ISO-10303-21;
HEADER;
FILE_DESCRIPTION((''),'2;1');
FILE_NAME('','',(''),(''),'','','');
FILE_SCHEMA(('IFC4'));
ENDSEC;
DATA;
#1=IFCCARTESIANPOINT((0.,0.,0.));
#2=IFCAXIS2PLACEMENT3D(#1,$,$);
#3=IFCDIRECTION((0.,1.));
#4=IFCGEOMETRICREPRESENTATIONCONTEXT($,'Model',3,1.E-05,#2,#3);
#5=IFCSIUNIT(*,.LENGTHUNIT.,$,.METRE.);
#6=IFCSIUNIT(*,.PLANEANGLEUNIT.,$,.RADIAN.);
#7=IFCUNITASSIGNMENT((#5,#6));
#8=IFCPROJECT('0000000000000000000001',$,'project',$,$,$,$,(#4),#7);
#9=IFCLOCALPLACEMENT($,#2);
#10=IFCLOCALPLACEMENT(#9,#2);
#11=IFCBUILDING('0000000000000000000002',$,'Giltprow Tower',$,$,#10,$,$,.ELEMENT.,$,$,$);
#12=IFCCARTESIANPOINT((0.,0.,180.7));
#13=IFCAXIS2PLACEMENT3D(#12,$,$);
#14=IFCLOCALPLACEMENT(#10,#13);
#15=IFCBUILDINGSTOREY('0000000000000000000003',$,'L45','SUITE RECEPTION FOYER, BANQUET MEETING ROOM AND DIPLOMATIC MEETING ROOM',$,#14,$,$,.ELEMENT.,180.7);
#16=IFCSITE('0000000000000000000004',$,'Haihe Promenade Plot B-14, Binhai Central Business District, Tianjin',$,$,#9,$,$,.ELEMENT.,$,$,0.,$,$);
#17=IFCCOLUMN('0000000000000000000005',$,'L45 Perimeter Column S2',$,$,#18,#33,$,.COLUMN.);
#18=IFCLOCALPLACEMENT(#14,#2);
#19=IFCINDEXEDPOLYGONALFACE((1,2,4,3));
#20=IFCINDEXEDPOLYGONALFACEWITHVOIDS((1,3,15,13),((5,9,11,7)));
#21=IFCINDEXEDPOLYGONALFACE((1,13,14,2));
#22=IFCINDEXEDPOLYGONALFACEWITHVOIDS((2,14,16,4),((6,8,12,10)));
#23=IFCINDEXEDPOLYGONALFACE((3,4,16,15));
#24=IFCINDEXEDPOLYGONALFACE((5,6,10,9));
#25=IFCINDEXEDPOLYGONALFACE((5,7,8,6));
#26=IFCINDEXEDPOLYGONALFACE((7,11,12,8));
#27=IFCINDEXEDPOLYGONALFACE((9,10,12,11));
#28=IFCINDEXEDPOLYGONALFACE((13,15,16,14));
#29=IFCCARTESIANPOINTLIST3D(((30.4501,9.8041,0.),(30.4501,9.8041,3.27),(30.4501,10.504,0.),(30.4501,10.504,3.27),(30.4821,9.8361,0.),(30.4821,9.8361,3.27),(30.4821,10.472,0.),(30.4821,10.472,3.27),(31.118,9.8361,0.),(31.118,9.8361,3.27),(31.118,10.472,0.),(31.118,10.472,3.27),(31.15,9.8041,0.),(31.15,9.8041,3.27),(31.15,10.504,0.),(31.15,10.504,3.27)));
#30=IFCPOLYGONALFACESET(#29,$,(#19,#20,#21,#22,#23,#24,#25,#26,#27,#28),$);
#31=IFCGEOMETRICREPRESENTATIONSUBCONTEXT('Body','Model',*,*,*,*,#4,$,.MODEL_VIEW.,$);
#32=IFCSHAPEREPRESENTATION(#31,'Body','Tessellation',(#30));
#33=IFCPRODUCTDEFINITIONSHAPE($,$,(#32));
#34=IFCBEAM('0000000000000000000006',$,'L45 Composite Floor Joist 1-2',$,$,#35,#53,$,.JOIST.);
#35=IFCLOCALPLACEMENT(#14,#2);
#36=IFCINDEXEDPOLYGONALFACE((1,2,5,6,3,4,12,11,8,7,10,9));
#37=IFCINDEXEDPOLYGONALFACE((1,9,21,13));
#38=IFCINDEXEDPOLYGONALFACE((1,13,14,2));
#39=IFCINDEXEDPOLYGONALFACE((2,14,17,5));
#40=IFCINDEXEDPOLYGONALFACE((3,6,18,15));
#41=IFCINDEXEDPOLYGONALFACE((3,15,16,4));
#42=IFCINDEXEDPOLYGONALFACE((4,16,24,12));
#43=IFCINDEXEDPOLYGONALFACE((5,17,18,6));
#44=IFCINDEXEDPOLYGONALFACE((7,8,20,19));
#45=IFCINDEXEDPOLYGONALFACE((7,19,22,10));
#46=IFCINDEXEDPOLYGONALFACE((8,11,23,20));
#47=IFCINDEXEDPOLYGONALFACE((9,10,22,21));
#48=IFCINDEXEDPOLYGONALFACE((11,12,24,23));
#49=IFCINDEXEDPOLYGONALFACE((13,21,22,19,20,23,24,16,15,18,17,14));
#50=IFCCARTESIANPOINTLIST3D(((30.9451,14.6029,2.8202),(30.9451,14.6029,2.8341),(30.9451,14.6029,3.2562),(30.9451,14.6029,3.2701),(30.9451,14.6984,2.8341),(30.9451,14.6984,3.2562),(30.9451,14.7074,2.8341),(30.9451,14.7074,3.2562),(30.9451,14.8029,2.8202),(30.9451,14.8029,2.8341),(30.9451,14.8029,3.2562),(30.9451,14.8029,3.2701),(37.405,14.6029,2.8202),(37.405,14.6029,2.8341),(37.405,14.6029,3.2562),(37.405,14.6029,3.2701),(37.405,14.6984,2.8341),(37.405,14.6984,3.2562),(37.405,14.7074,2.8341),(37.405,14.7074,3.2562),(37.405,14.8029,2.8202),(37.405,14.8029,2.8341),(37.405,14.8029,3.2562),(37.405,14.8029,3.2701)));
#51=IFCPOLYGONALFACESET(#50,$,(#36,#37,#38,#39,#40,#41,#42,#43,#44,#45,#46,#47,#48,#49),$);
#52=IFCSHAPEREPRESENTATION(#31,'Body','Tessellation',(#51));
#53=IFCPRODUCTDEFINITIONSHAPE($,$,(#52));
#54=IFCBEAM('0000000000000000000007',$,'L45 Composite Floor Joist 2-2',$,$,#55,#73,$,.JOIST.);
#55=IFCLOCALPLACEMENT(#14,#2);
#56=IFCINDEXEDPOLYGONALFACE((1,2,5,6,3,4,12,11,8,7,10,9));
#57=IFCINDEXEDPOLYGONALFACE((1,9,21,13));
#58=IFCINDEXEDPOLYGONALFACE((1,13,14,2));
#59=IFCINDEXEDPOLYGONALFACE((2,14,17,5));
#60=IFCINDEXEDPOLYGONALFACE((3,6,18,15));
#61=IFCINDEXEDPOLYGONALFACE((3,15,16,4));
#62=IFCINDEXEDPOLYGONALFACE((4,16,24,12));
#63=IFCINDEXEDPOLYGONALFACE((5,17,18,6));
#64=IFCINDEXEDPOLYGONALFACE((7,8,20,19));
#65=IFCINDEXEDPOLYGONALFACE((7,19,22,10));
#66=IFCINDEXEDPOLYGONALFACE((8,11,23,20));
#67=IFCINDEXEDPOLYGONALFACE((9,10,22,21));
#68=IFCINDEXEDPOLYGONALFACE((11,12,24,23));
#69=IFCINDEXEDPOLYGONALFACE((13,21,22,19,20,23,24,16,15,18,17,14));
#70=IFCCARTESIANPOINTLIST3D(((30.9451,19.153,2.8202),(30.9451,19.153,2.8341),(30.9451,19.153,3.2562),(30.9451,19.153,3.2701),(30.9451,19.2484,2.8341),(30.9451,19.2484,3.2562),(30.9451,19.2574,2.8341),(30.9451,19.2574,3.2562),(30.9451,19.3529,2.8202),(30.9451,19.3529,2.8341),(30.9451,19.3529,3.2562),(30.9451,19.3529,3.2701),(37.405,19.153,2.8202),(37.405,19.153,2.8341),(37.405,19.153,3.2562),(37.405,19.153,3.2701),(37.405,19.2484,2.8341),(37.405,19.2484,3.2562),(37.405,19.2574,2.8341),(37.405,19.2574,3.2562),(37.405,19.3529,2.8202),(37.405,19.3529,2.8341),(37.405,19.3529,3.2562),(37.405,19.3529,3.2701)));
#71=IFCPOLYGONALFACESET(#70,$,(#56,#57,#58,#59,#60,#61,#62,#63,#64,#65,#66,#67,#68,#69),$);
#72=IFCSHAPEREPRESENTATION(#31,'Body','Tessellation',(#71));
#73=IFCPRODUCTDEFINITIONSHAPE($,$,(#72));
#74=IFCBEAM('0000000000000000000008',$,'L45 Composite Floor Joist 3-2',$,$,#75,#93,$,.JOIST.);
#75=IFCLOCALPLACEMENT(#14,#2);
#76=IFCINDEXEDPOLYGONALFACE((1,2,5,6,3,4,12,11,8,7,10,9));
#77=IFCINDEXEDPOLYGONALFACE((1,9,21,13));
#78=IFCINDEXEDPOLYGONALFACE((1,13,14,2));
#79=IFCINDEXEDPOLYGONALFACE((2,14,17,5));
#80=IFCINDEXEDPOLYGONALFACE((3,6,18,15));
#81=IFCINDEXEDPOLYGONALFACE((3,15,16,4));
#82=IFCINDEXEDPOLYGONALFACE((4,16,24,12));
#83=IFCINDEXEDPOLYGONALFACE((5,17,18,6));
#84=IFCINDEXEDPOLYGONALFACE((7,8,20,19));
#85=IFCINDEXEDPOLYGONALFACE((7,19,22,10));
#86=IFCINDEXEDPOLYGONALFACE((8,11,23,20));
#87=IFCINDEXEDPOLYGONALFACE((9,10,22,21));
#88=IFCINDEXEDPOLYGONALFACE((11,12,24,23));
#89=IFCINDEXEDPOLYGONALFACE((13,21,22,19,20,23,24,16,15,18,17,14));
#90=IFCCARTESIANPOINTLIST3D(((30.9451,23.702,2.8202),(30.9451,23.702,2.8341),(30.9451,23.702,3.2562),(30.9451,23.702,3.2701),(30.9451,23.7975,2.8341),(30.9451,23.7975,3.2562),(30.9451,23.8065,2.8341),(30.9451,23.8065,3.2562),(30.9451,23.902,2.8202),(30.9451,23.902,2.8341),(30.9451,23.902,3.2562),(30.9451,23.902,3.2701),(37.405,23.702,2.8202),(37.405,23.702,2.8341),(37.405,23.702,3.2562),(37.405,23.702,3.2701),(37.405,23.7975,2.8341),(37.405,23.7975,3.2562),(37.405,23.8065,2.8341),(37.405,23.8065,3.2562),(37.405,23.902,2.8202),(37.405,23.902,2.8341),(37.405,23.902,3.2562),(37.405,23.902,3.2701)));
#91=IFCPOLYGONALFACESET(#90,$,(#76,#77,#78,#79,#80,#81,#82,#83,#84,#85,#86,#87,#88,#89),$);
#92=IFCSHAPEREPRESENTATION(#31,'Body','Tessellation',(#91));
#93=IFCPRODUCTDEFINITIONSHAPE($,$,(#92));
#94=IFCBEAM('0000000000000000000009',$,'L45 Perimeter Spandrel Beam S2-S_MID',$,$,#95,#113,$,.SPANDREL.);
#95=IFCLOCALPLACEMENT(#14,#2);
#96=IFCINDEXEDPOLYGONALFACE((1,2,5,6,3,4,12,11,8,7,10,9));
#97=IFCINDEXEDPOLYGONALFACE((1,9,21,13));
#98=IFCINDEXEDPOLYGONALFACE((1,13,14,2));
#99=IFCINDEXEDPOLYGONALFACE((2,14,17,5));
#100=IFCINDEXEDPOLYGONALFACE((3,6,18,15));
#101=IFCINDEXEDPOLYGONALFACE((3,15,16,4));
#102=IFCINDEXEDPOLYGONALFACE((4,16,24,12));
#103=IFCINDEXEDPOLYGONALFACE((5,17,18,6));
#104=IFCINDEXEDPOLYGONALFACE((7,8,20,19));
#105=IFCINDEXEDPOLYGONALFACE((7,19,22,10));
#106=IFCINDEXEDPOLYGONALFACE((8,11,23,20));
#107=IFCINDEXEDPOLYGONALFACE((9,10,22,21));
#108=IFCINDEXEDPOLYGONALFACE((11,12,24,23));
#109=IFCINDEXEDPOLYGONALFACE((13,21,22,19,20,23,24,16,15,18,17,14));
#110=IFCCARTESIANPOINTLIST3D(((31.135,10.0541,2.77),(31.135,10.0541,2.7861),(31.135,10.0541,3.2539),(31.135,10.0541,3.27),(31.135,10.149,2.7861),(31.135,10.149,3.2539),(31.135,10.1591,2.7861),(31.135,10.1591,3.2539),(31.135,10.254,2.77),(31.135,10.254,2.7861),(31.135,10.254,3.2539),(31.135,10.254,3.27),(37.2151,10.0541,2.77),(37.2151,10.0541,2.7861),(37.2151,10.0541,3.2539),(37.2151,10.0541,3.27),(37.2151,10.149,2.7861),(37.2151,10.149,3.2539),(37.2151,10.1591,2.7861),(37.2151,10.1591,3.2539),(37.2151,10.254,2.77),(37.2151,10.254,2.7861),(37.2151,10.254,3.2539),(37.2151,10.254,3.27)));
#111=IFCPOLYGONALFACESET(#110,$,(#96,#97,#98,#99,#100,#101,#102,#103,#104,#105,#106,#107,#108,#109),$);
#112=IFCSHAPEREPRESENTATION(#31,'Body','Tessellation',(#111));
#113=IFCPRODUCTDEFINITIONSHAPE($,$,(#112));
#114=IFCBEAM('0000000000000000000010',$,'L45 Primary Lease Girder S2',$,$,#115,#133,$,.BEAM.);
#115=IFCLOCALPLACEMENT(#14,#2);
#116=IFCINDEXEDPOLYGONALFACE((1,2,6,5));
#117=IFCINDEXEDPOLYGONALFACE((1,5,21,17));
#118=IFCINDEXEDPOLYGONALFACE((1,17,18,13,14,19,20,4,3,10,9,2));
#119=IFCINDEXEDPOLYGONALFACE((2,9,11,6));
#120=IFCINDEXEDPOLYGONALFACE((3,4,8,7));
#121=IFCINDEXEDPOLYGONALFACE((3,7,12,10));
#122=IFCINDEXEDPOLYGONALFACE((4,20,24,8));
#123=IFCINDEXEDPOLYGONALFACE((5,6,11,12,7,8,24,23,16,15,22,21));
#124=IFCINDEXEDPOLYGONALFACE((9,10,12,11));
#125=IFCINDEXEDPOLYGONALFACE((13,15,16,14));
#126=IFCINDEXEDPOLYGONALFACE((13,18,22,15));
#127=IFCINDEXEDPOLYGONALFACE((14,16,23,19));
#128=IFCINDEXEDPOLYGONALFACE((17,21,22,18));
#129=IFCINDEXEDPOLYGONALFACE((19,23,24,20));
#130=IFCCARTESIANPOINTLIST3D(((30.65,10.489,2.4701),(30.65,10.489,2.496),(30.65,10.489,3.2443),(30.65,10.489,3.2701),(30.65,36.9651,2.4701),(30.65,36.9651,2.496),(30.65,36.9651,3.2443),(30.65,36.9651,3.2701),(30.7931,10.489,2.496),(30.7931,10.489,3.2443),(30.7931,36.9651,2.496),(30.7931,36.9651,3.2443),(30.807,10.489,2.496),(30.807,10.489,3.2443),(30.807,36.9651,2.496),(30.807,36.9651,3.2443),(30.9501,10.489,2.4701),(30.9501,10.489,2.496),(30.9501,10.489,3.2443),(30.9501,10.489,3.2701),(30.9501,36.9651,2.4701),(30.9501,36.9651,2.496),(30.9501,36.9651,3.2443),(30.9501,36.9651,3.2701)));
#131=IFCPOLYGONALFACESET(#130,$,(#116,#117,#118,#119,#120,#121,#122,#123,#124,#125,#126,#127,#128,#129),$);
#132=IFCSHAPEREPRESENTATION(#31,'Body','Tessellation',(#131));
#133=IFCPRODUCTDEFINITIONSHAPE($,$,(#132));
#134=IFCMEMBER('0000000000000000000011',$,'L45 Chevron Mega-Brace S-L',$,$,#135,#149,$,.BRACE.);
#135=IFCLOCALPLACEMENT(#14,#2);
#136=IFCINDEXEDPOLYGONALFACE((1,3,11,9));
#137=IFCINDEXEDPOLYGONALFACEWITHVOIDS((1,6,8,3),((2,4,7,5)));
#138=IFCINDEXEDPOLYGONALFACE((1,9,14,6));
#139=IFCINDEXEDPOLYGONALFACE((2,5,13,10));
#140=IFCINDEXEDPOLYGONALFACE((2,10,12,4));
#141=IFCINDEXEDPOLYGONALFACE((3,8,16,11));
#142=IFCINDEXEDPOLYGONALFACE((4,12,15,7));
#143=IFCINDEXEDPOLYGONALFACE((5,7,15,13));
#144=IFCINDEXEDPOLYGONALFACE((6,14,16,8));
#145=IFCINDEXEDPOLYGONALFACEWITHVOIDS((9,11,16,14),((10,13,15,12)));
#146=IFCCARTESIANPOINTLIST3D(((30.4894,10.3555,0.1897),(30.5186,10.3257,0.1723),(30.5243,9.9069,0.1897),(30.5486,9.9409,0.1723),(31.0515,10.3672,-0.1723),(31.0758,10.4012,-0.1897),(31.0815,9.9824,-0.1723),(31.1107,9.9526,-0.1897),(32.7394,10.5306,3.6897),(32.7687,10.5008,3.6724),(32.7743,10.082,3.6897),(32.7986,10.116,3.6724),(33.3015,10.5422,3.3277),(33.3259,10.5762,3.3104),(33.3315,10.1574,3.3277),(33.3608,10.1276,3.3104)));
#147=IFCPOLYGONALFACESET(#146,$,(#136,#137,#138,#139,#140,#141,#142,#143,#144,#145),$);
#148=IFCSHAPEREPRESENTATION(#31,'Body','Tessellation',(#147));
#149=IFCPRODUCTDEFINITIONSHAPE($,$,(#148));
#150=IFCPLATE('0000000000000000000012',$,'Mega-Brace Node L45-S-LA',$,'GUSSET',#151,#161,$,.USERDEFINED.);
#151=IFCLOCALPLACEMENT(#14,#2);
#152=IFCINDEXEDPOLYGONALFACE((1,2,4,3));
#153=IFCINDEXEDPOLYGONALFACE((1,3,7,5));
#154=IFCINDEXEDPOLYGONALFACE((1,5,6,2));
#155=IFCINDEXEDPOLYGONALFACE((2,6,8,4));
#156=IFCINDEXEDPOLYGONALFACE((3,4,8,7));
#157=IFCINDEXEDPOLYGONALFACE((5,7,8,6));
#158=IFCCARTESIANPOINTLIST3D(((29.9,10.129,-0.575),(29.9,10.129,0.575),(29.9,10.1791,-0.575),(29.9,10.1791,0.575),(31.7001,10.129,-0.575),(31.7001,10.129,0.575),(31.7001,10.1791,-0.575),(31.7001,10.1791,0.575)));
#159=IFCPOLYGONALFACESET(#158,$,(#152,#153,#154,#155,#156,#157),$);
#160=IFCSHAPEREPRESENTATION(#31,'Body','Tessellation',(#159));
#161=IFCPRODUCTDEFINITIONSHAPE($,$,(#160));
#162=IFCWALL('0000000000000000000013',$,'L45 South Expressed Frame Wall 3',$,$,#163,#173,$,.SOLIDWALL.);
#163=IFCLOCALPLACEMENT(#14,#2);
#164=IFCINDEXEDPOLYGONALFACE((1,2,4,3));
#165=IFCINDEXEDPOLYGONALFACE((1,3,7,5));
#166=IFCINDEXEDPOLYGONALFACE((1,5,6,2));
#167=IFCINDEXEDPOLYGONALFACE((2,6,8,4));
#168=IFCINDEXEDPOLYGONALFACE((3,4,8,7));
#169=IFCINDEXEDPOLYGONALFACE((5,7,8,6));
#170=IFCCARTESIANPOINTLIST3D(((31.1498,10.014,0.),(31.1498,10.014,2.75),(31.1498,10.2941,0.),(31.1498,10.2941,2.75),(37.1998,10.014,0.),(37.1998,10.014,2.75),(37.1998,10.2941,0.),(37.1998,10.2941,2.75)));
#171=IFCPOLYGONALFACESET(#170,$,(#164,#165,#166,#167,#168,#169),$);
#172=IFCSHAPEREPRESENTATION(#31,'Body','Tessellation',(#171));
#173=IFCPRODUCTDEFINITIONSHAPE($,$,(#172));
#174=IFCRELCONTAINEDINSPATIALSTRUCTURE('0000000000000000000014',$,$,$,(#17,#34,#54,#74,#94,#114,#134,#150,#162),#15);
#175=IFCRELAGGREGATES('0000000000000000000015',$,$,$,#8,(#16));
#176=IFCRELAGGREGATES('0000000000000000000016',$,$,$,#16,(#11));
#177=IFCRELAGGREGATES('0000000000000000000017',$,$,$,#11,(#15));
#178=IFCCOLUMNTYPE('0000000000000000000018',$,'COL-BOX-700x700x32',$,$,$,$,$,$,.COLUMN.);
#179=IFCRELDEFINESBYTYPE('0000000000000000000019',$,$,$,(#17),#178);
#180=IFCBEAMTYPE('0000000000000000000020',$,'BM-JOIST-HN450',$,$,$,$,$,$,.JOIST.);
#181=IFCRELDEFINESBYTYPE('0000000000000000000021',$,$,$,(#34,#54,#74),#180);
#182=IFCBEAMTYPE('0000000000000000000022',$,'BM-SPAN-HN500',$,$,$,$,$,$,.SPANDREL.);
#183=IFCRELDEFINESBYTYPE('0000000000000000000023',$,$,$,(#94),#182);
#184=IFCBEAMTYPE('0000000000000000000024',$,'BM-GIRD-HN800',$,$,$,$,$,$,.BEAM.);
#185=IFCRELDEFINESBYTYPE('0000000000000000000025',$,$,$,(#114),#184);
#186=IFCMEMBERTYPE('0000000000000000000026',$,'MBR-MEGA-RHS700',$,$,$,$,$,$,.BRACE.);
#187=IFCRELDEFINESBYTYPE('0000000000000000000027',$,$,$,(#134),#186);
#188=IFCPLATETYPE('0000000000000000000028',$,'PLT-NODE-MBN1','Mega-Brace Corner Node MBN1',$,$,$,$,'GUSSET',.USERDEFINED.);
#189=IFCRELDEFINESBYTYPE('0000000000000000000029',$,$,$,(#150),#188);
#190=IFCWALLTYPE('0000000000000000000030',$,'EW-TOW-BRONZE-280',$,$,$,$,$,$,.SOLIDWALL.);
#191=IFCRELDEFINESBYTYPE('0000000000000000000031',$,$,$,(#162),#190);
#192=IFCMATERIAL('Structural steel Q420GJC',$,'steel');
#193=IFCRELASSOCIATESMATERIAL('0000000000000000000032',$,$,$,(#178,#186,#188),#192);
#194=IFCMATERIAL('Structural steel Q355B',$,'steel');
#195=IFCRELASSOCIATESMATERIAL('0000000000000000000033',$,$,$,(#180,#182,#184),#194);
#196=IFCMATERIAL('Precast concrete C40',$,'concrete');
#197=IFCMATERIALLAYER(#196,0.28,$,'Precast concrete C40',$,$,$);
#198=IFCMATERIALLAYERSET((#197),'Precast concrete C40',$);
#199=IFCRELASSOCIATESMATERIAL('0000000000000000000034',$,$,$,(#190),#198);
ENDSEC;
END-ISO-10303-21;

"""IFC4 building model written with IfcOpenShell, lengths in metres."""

from ifc_helpers import new_model, si_unit, direction, frame, frame_2d, origin, origin_2d, place, context, subcontext, project, spatial, rectangle, hollow_rectangle, i_section, extrude, source, transform, mapped, material, layer, layer_set, material_profile, profile_set, type_object, element, save


model = new_model("IFC4")

# Units and contexts
model_context = context("Model", 3, precision=1e-05, world=origin(), true_north=direction((0.0, 1.0)))
body_context = subcontext(model_context, "Body", "Model", "MODEL_VIEW")
ifc_project = project(units=[si_unit("LENGTHUNIT", "METRE"), si_unit("PLANEANGLEUNIT", "RADIAN")], contexts=[model_context])

# Site, building, storey
site_placement = place(None, origin())
site = spatial("IfcSite", under=ifc_project, at=site_placement, Name="Haihe Promenade Plot B-14, Binhai Central Business District, Tianjin", CompositionType="ELEMENT", RefElevation=0.0)
building_placement = place(site_placement, origin())
building = spatial("IfcBuilding", under=site, at=building_placement, Name="Giltprow Tower", CompositionType="ELEMENT")
storey_placement = place(building_placement, frame((0.0, 0.0, 180.7)))
storey = spatial("IfcBuildingStorey", under=building, at=storey_placement, Name="L45", Description="SUITE RECEPTION FOYER, BANQUET MEETING ROOM AND DIPLOMATIC MEETING ROOM", CompositionType="ELEMENT", Elevation=180.7)

# Column
ifc_material_1 = material(Name="Structural steel Q420GJC", Category="steel")
ifc_material_profile_1 = material_profile(ifc_material_1, hollow_rectangle(XDim=0.7, YDim=0.7, WallThickness=0.032, at=origin_2d()), Name="BOX 700x700x32")
ifc_profile_set_1 = profile_set([ifc_material_profile_1], Name="Structural steel Q420GJC")
column_type = type_object("IfcColumnType", Name="COL-BOX-700x700x32", PredefinedType="COLUMN", material=ifc_profile_set_1)
shared_shape_1 = source(origin(), body_context, "Body", "SweptSolid", [
    extrude(hollow_rectangle(XDim=0.7, YDim=0.7, WallThickness=0.032, at=origin_2d()), origin(), (0.0, 0.0, 1.0), 3.27),
])
column_placement = place(storey_placement, frame((30.8, 10.1541, 0.0), z_axis=(0.0, 0.0, 1.0), x_axis=(1.0, 0.0, 0.0)))
element("IfcColumn", 1, at=column_placement, inside=storey, type_object=column_type, Name="L45 Perimeter Column S2", PredefinedType="COLUMN", context=body_context, shape_type="MappedRepresentation", body=[
    mapped(shared_shape_1, transform((0.0, 0.0, 0.0), x_axis=(1.0, 0.0, 0.0), y_axis=(0.0, 1.0, 0.0), z_axis=(0.0, 0.0, 1.0), scale=1.0)),
])

# Beams
ifc_material_2 = material(Name="Structural steel Q355B", Category="steel")
ifc_material_profile_2 = material_profile(ifc_material_2, i_section(OverallWidth=0.2, OverallDepth=0.45, WebThickness=0.009, FlangeThickness=0.0139, at=origin_2d()), Name="HN 450x200x9x14")
ifc_profile_set_2 = profile_set([ifc_material_profile_2], Name="Structural steel Q355B")
beam_type_1 = type_object("IfcBeamType", Name="BM-JOIST-HN450", PredefinedType="JOIST", material=ifc_profile_set_2)
shared_shape_2 = source(origin(), body_context, "Body", "SweptSolid", [
    extrude(i_section(OverallWidth=0.2, OverallDepth=0.45, WebThickness=0.009, FlangeThickness=0.0139, at=origin_2d()), origin(), (0.0, 0.0, 1.0), 6.46),
])
for number, where, z_axis, x_axis, name in (
    (2, (30.9451, 14.7029, 3.0452), (1.0, 0.0, 0.0), (0.0, 1.0, 0.0), "L45 Composite Floor Joist 1-2"),
    (3, (30.9451, 19.2529, 3.0452), (1.0, 0.0, 0.0), (0.0, 1.0, 0.0), "L45 Composite Floor Joist 2-2"),
    (4, (30.9451, 23.802, 3.0452), (1.0, 0.0, 0.0), (0.0, 1.0, 0.0), "L45 Composite Floor Joist 3-2"),
):
    element("IfcBeam", number, at=place(storey_placement, frame(where, z_axis=z_axis, x_axis=x_axis)), inside=storey, type_object=beam_type_1, Name=name, PredefinedType="JOIST", context=body_context, shape_type="MappedRepresentation", body=[
        mapped(shared_shape_2, transform((0.0, 0.0, 0.0), x_axis=(1.0, 0.0, 0.0), y_axis=(0.0, 1.0, 0.0), z_axis=(0.0, 0.0, 1.0), scale=1.0)),
    ])
ifc_material_profile_3 = material_profile(ifc_material_2, i_section(OverallWidth=0.2, OverallDepth=0.5, WebThickness=0.01, FlangeThickness=0.0161, at=origin_2d()), Name="HN 500x200x10x16")
ifc_profile_set_3 = profile_set([ifc_material_profile_3], Name="Structural steel Q355B")
beam_type_2 = type_object("IfcBeamType", Name="BM-SPAN-HN500", PredefinedType="SPANDREL", material=ifc_profile_set_3)
shared_shape_3 = source(origin(), body_context, "Body", "SweptSolid", [
    extrude(i_section(OverallWidth=0.2, OverallDepth=0.5, WebThickness=0.01, FlangeThickness=0.0161, at=origin_2d()), origin(), (0.0, 0.0, 1.0), 6.0801),
])
beam_1_placement = place(storey_placement, frame((31.135, 10.1541, 3.02), z_axis=(1.0, 0.0, 0.0), x_axis=(0.0, 1.0, 0.0)))
element("IfcBeam", 5, at=beam_1_placement, inside=storey, type_object=beam_type_2, Name="L45 Perimeter Spandrel Beam S2-S_MID", PredefinedType="SPANDREL", context=body_context, shape_type="MappedRepresentation", body=[
    mapped(shared_shape_3, transform((0.0, 0.0, 0.0), x_axis=(1.0, 0.0, 0.0), y_axis=(0.0, 1.0, 0.0), z_axis=(0.0, 0.0, 1.0), scale=1.0)),
])
ifc_material_profile_4 = material_profile(ifc_material_2, i_section(OverallWidth=0.3, OverallDepth=0.8, WebThickness=0.0139, FlangeThickness=0.0259, at=origin_2d()), Name="HN 800x300x14x26")
ifc_profile_set_4 = profile_set([ifc_material_profile_4], Name="Structural steel Q355B")
beam_type_3 = type_object("IfcBeamType", Name="BM-GIRD-HN800", PredefinedType="BEAM", material=ifc_profile_set_4)
shared_shape_4 = source(origin(), body_context, "Body", "SweptSolid", [
    extrude(i_section(OverallWidth=0.3, OverallDepth=0.8, WebThickness=0.0139, FlangeThickness=0.0259, at=origin_2d()), origin(), (0.0, 0.0, 1.0), 26.4761),
])
beam_2_placement = place(storey_placement, frame((30.8, 10.489, 2.8701), z_axis=(0.0, 1.0, 0.0), x_axis=(-1.0, 0.0, 0.0)))
element("IfcBeam", 6, at=beam_2_placement, inside=storey, type_object=beam_type_3, Name="L45 Primary Lease Girder S2", PredefinedType="BEAM", context=body_context, shape_type="MappedRepresentation", body=[
    mapped(shared_shape_4, transform((0.0, 0.0, 0.0), x_axis=(1.0, 0.0, 0.0), y_axis=(0.0, 1.0, 0.0), z_axis=(0.0, 0.0, 1.0), scale=1.0)),
])

# Member
ifc_material_profile_5 = material_profile(ifc_material_1, hollow_rectangle(XDim=0.45, YDim=0.7, WallThickness=0.032, at=origin_2d()), Name="RHS 700x450x32")
ifc_profile_set_5 = profile_set([ifc_material_profile_5], Name="Structural steel Q420GJC")
member_type = type_object("IfcMemberType", Name="MBR-MEGA-RHS700", PredefinedType="BRACE", material=ifc_profile_set_5)
shared_shape_5 = source(origin(), body_context, "Body", "SweptSolid", [
    extrude(hollow_rectangle(XDim=0.45, YDim=0.7, WallThickness=0.032, at=origin_2d()), origin(), (0.0, 0.0, 1.0), 4.1646),
])
member_placement = place(storey_placement, frame((30.8, 10.1541, 0.0), z_axis=(0.54028, 0.042033, 0.840435), x_axis=(-0.077565, 0.996987, 0.0)))
element("IfcMember", 7, at=member_placement, inside=storey, type_object=member_type, Name="L45 Chevron Mega-Brace S-L", PredefinedType="BRACE", context=body_context, shape_type="MappedRepresentation", body=[
    mapped(shared_shape_5, transform((0.0, 0.0, 0.0), x_axis=(1.0, 0.0, 0.0), y_axis=(0.0, 1.0, 0.0), z_axis=(0.0, 0.0, 1.0), scale=1.0)),
])

# Plate
plate_type = type_object("IfcPlateType", Name="PLT-NODE-MBN1", Description="Mega-Brace Corner Node MBN1", ElementType="GUSSET", PredefinedType="USERDEFINED", material=ifc_material_1)
shared_shape_6 = source(origin(), body_context, "Body", "SweptSolid", [
    extrude(rectangle(XDim=1.8, YDim=0.05, at=origin_2d()), origin(), (0.0, 0.0, 1.0), 1.1499),
])
plate_placement = place(storey_placement, frame((30.8, 10.1541, -0.575), z_axis=(0.0, 0.0, 1.0), x_axis=(1.0, 0.0, 0.0)))
element("IfcPlate", 8, at=plate_placement, inside=storey, type_object=plate_type, Name="Mega-Brace Node L45-S-LA", ObjectType="GUSSET", PredefinedType="USERDEFINED", context=body_context, shape_type="MappedRepresentation", body=[
    mapped(shared_shape_6, transform((0.0, 0.0, 0.0), x_axis=(1.0, 0.0, 0.0), y_axis=(0.0, 1.0, 0.0), z_axis=(0.0, 0.0, 1.0), scale=1.0)),
])

# Wall
ifc_material_3 = material(Name="Precast concrete C40", Category="concrete")
ifc_layer_1 = layer(ifc_material_3, 0.28, Name="Precast concrete C40")
ifc_layer_set_1 = layer_set([ifc_layer_1], Name="Precast concrete C40")
wall_type_1 = type_object("IfcWallType", Name="EW-TOW-BRONZE-280", PredefinedType="SOLIDWALL", material=ifc_layer_set_1)
wall_1_placement = place(storey_placement, frame((31.1499, 10.1541, 0.0), z_axis=(0.0, 0.0, 1.0), x_axis=(1.0, 0.0, 0.0)))
element("IfcWall", 9, at=wall_1_placement, inside=storey, type_object=wall_type_1, Name="L45 South Expressed Frame Wall 3", PredefinedType="SOLIDWALL", context=body_context, shape_type="SweptSolid", body=[
    extrude(rectangle(XDim=6.05, YDim=0.28, at=frame_2d((3.0249, 0.0))), origin(), (0.0, 0.0, 1.0), 2.75),
])

save(model, "model.ifc")
